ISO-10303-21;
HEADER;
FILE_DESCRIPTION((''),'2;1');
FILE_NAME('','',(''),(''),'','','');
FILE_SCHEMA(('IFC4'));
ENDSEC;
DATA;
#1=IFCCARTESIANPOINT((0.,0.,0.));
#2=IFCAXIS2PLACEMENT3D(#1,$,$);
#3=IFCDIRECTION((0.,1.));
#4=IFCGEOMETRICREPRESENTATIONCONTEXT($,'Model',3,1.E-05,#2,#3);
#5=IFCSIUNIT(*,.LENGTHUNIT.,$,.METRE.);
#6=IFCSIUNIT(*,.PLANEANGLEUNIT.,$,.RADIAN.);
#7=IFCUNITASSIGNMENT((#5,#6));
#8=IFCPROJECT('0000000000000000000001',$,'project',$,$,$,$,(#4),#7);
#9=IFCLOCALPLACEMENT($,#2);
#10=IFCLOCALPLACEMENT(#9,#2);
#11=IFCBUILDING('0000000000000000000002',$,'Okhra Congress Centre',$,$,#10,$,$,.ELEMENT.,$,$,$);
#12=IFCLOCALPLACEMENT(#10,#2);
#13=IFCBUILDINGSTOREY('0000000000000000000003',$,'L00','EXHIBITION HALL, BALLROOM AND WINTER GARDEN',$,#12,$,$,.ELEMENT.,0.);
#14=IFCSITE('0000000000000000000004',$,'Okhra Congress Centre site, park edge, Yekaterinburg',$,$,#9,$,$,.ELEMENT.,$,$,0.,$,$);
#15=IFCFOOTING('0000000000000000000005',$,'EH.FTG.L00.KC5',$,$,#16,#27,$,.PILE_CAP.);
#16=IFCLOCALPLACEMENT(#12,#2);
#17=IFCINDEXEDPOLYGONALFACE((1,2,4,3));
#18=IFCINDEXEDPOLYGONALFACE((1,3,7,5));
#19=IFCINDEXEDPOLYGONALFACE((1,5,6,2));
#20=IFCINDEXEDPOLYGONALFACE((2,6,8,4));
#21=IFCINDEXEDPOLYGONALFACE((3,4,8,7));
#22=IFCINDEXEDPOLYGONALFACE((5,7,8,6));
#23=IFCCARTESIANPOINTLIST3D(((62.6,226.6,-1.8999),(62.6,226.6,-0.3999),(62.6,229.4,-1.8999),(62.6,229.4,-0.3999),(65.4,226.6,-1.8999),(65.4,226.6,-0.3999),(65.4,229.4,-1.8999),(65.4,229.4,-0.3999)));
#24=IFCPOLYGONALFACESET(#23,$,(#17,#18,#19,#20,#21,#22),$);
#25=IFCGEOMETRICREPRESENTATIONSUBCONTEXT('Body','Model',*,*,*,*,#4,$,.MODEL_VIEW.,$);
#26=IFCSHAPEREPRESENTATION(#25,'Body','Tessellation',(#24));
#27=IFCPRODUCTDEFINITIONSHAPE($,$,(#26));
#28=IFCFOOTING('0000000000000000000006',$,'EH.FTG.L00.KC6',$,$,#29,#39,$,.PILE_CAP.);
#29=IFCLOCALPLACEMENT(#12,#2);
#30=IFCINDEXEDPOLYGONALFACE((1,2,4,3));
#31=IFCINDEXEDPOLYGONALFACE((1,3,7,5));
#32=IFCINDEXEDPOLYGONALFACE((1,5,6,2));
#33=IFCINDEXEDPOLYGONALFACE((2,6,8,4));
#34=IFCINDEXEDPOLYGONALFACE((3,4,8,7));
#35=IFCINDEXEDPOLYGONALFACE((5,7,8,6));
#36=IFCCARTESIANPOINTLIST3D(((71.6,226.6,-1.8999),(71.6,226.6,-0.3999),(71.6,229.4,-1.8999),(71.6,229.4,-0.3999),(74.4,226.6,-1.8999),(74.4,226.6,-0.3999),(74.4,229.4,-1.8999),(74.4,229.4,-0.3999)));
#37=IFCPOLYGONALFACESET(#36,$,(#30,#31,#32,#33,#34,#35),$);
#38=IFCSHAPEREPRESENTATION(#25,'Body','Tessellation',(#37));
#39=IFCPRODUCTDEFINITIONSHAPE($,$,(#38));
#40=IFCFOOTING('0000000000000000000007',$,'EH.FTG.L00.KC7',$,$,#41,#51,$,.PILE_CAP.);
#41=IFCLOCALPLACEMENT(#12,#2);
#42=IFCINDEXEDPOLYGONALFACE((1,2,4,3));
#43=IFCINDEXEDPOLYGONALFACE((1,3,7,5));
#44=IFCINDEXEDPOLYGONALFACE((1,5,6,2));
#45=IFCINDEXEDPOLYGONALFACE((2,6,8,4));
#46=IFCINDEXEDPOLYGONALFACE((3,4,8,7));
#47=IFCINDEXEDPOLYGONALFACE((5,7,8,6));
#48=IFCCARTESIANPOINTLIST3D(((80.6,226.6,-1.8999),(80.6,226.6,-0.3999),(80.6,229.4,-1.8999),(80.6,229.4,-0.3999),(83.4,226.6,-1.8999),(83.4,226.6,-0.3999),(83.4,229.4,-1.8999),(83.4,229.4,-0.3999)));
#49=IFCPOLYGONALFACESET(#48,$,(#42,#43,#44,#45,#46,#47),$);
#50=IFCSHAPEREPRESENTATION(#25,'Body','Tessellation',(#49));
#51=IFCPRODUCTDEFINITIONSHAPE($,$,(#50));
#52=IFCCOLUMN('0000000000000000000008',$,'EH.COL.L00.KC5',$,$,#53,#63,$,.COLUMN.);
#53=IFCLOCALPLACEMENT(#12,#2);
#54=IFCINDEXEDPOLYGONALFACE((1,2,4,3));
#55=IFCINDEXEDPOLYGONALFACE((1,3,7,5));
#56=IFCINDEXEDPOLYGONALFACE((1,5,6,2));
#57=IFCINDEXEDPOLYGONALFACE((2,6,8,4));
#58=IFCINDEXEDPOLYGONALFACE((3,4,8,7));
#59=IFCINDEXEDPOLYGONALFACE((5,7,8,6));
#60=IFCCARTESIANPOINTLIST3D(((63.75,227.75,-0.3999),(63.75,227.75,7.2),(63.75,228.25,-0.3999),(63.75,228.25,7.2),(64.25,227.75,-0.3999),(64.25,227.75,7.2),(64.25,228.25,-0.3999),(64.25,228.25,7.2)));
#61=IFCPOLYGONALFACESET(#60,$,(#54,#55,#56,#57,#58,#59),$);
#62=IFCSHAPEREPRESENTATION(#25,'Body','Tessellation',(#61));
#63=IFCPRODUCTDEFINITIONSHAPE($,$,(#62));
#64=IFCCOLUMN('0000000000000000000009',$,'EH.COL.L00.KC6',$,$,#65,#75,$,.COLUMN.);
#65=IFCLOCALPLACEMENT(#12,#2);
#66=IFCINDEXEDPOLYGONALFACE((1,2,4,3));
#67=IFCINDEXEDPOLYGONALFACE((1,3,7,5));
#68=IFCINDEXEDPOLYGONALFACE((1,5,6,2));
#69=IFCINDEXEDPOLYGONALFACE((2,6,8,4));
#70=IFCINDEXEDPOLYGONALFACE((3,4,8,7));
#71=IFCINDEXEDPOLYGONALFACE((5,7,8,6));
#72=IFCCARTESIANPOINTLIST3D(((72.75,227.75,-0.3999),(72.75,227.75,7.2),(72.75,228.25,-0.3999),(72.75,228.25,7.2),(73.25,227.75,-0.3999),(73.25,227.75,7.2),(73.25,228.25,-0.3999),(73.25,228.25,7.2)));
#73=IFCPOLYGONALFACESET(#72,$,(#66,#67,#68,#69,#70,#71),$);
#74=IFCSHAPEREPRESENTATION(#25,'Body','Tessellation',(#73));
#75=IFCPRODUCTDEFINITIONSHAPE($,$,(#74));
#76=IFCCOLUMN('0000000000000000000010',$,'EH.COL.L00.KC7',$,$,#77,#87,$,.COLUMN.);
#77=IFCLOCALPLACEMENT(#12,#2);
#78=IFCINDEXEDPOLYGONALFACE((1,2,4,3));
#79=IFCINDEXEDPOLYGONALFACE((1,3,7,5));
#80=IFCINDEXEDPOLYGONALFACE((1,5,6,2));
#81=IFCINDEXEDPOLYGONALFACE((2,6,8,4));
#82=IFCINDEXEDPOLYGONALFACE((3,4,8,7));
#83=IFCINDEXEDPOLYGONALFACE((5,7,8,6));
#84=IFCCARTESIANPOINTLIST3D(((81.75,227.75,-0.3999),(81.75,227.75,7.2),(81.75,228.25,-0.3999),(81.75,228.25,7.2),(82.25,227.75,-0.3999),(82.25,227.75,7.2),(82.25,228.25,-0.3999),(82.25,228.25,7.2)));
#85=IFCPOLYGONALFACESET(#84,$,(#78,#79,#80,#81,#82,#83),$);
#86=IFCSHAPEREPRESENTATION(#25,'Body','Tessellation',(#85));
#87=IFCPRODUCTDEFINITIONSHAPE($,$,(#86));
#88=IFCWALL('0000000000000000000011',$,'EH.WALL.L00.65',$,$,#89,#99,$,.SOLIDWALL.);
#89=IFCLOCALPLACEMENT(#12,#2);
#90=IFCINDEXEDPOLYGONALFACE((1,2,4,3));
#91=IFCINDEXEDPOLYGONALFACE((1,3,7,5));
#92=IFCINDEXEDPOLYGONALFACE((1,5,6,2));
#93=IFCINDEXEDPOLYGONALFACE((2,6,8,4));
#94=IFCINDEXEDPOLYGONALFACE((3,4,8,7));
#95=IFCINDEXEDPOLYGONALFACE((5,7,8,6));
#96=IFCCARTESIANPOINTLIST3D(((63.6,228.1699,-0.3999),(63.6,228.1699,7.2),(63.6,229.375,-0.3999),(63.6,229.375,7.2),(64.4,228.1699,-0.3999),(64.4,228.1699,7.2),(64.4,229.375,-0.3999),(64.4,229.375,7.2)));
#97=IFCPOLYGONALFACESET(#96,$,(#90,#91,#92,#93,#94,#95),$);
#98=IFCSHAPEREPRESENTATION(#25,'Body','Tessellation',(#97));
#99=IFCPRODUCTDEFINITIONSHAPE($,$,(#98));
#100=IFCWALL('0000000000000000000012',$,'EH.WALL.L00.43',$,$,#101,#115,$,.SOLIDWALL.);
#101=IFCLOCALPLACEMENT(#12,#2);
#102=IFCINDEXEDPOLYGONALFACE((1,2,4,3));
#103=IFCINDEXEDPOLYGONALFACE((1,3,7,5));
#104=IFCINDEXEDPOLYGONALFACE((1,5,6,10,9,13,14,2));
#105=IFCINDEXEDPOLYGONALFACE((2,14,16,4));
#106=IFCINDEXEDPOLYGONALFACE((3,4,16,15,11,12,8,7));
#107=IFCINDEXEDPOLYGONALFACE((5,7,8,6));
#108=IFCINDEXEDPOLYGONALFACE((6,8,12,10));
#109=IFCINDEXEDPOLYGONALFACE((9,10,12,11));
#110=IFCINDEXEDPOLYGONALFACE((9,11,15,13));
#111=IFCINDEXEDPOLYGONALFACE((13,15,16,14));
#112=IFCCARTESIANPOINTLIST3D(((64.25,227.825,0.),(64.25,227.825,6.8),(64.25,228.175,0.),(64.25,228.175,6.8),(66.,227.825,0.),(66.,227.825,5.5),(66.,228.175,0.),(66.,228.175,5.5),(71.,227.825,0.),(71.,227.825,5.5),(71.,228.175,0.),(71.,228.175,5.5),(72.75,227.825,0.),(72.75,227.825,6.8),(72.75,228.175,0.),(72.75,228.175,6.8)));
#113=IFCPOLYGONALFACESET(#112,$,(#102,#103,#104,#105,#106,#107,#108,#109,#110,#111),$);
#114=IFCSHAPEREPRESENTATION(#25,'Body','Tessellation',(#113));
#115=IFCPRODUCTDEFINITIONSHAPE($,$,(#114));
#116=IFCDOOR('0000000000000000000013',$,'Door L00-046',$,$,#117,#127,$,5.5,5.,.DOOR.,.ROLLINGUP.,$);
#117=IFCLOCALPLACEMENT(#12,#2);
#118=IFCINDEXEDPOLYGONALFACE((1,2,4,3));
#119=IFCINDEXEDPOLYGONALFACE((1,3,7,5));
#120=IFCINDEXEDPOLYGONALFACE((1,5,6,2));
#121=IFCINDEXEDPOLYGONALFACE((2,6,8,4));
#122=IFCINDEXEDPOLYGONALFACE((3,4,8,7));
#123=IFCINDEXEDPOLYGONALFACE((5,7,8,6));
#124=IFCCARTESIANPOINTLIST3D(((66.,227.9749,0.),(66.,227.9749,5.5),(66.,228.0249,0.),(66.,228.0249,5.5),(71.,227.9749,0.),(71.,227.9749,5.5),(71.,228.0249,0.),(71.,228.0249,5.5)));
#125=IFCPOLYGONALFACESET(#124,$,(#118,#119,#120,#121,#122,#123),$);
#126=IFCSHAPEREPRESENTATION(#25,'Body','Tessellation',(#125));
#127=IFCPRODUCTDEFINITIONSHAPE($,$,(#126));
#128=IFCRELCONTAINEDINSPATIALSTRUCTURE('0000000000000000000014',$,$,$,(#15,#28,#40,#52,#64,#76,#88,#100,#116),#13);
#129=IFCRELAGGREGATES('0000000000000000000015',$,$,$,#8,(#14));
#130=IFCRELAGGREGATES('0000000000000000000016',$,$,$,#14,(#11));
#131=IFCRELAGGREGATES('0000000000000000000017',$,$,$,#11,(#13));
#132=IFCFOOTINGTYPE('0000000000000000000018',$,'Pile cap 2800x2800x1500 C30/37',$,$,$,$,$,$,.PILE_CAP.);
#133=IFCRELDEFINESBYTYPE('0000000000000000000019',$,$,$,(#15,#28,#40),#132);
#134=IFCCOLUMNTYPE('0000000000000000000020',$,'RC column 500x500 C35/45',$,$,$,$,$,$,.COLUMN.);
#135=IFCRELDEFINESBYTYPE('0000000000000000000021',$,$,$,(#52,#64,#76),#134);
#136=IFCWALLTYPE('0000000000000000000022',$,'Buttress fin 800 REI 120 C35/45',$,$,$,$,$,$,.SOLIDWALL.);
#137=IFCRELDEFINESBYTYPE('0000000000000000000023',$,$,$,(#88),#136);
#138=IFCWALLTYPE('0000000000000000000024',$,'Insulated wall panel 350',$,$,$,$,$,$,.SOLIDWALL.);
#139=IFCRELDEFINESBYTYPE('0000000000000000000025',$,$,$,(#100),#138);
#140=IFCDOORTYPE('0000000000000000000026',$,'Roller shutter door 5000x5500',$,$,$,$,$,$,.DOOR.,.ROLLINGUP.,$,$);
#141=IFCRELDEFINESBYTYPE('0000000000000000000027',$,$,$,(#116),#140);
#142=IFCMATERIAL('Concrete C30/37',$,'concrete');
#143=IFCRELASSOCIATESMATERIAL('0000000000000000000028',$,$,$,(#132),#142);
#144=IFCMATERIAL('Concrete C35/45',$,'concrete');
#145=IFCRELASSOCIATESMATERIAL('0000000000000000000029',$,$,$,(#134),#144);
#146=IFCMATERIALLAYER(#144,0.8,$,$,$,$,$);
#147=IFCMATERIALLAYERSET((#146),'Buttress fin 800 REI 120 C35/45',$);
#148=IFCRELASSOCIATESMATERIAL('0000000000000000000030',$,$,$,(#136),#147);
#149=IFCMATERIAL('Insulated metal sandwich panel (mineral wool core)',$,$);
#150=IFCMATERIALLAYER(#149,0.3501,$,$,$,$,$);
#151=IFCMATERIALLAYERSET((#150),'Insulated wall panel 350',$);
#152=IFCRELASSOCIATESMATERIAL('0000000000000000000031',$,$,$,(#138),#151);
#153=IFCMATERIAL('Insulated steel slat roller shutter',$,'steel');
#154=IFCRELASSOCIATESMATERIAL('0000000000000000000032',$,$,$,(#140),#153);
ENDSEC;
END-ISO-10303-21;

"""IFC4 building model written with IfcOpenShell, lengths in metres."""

from ifc_helpers import new_model, si_unit, direction, frame, frame_2d, origin, origin_2d, place, context, subcontext, project, spatial, rectangle, extrude, material, layer, layer_set, material_profile, profile_set, type_object, element, fill, save


model = new_model("IFC4")

# Units and contexts
model_context = context("Model", 3, precision=1e-05, world=origin(), true_north=direction((0.0, 1.0)))
body_context = subcontext(model_context, "Body", "Model", "MODEL_VIEW")
ifc_project = project(units=[si_unit("LENGTHUNIT", "METRE"), si_unit("PLANEANGLEUNIT", "RADIAN")], contexts=[model_context])

# Site, building, storey
site_placement = place(None, origin())
site = spatial("IfcSite", under=ifc_project, at=site_placement, Name="Okhra Congress Centre site, park edge, Yekaterinburg", CompositionType="ELEMENT", RefElevation=0.0)
building_placement = place(site_placement, origin())
building = spatial("IfcBuilding", under=site, at=building_placement, Name="Okhra Congress Centre", CompositionType="ELEMENT")
storey_placement = place(building_placement, origin())
storey = spatial("IfcBuildingStorey", under=building, at=storey_placement, Name="L00", Description="EXHIBITION HALL, BALLROOM AND WINTER GARDEN", CompositionType="ELEMENT", Elevation=0.0)

# Shared definitions
ifc_material_1 = material(Name="Concrete C30/37", Category="concrete")

# Footings
footing_type_1 = type_object("IfcFootingType", Name="Pile cap 2800x2800x1500 C30/37", PredefinedType="PILE_CAP", material=ifc_material_1)
for number, where, z_axis, x_axis, name in (
    (1, (64.0, 228.0, -1.8999), (0.0, 0.0, 1.0), (1.0, 0.0, 0.0), "EH.FTG.L00.KC5"),
    (2, (73.0, 228.0, -1.8999), (0.0, 0.0, 1.0), (1.0, 0.0, 0.0), "EH.FTG.L00.KC6"),
    (3, (82.0, 228.0, -1.8999), (0.0, 0.0, 1.0), (1.0, 0.0, 0.0), "EH.FTG.L00.KC7"),
):
    element("IfcFooting", number, at=place(storey_placement, frame(where, z_axis=z_axis, x_axis=x_axis)), inside=storey, type_object=footing_type_1, Name=name, PredefinedType="PILE_CAP", context=body_context, shape_type="SweptSolid", body=[
        extrude(rectangle(XDim=2.8, YDim=2.8, at=origin_2d()), origin(), (0.0, 0.0, 1.0), 1.5),
    ])

# Columns
ifc_material_2 = material(Name="Concrete C35/45", Category="concrete")
ifc_material_profile_1 = material_profile(ifc_material_2, rectangle(XDim=0.5, YDim=0.5, at=origin_2d()), Name="RC 500x500")
ifc_profile_set_1 = profile_set([ifc_material_profile_1], Name="Concrete C35/45")
column_type = type_object("IfcColumnType", Name="RC column 500x500 C35/45", PredefinedType="COLUMN", material=ifc_profile_set_1)
for number, where, z_axis, x_axis, name in (
    (4, (64.0, 228.0, -0.3999), (0.0, 0.0, 1.0), (1.0, 0.0, 0.0), "EH.COL.L00.KC5"),
    (5, (73.0, 228.0, -0.3999), (0.0, 0.0, 1.0), (1.0, 0.0, 0.0), "EH.COL.L00.KC6"),
    (6, (82.0, 228.0, -0.3999), (0.0, 0.0, 1.0), (1.0, 0.0, 0.0), "EH.COL.L00.KC7"),
):
    element("IfcColumn", number, at=place(storey_placement, frame(where, z_axis=z_axis, x_axis=x_axis)), inside=storey, type_object=column_type, Name=name, PredefinedType="COLUMN", context=body_context, shape_type="SweptSolid", body=[
        extrude(rectangle(XDim=0.5, YDim=0.5, at=origin_2d()), origin(), (0.0, 0.0, 1.0), 7.5999),
    ])

# Wall
ifc_layer_1 = layer(ifc_material_2, 0.8)
ifc_layer_set_1 = layer_set([ifc_layer_1], Name="Buttress fin 800 REI 120 C35/45")
wall_type_1 = type_object("IfcWallType", Name="Buttress fin 800 REI 120 C35/45", PredefinedType="SOLIDWALL", material=ifc_layer_set_1)
wall_1_placement = place(storey_placement, frame((64.0, 228.1699, -0.3999), z_axis=(0.0, 0.0, 1.0), x_axis=(0.0, 1.0, 0.0)))
element("IfcWall", 7, at=wall_1_placement, inside=storey, type_object=wall_type_1, Name="EH.WALL.L00.65", PredefinedType="SOLIDWALL", context=body_context, shape_type="SweptSolid", body=[
    extrude(rectangle(XDim=1.2051, YDim=0.8, at=frame_2d((0.6025, 0.0))), origin(), (0.0, 0.0, 1.0), 7.5999),
])

# Wall, opening, door
ifc_material_3 = material(Name="Insulated metal sandwich panel (mineral wool core)")
ifc_layer_2 = layer(ifc_material_3, 0.3501)
ifc_layer_set_2 = layer_set([ifc_layer_2], Name="Insulated wall panel 350")
wall_type_2 = type_object("IfcWallType", Name="Insulated wall panel 350", PredefinedType="SOLIDWALL", material=ifc_layer_set_2)
wall_2_placement = place(storey_placement, frame((64.25, 228.0, 0.0), z_axis=(0.0, 0.0, 1.0), x_axis=(1.0, 0.0, 0.0)))
wall_2 = element("IfcWall", 8, at=wall_2_placement, inside=storey, type_object=wall_type_2, Name="EH.WALL.L00.43", PredefinedType="SOLIDWALL", context=body_context, shape_type="SweptSolid", body=[
    extrude(rectangle(XDim=8.5, YDim=0.3501, at=frame_2d((4.25, 0.0))), origin(), (0.0, 0.0, 1.0), 6.8),
])
opening_1_placement = place(wall_2_placement, frame((1.75, 0.0, 0.0)))
opening_1 = element("IfcOpeningElement", 9, at=opening_1_placement, cuts=wall_2, PredefinedType="OPENING", context=body_context, shape_type="SweptSolid", body=[
    extrude(rectangle(XDim=5.0, YDim=5.5, at=frame_2d((2.5, 2.75))), frame((0.0, 0.1851, 0.0), z_axis=(0.0, -1.0, 0.0), x_axis=(1.0, 0.0, 0.0)), (0.0, 0.0, 1.0), 0.3701),
])
ifc_material_4 = material(Name="Insulated steel slat roller shutter", Category="steel")
door_type_1 = type_object("IfcDoorType", Name="Roller shutter door 5000x5500", OperationType="ROLLINGUP", PredefinedType="DOOR", material=ifc_material_4)
door_1_placement = place(opening_1_placement, origin())
door_1 = element("IfcDoor", 10, at=door_1_placement, inside=storey, type_object=door_type_1, Name="Door L00-046", OperationType="ROLLINGUP", OverallHeight=5.5, OverallWidth=5.0, PredefinedType="DOOR", context=body_context, shape_type="SweptSolid", body=[
    extrude(rectangle(XDim=5.0, YDim=5.5, at=frame_2d((2.5, 2.75))), frame((0.0, 0.0249, 0.0), z_axis=(0.0, -1.0, 0.0), x_axis=(1.0, 0.0, 0.0)), (0.0, 0.0, 1.0), 0.05),
])
fill(opening_1, door_1)

save(model, "model.ifc")
